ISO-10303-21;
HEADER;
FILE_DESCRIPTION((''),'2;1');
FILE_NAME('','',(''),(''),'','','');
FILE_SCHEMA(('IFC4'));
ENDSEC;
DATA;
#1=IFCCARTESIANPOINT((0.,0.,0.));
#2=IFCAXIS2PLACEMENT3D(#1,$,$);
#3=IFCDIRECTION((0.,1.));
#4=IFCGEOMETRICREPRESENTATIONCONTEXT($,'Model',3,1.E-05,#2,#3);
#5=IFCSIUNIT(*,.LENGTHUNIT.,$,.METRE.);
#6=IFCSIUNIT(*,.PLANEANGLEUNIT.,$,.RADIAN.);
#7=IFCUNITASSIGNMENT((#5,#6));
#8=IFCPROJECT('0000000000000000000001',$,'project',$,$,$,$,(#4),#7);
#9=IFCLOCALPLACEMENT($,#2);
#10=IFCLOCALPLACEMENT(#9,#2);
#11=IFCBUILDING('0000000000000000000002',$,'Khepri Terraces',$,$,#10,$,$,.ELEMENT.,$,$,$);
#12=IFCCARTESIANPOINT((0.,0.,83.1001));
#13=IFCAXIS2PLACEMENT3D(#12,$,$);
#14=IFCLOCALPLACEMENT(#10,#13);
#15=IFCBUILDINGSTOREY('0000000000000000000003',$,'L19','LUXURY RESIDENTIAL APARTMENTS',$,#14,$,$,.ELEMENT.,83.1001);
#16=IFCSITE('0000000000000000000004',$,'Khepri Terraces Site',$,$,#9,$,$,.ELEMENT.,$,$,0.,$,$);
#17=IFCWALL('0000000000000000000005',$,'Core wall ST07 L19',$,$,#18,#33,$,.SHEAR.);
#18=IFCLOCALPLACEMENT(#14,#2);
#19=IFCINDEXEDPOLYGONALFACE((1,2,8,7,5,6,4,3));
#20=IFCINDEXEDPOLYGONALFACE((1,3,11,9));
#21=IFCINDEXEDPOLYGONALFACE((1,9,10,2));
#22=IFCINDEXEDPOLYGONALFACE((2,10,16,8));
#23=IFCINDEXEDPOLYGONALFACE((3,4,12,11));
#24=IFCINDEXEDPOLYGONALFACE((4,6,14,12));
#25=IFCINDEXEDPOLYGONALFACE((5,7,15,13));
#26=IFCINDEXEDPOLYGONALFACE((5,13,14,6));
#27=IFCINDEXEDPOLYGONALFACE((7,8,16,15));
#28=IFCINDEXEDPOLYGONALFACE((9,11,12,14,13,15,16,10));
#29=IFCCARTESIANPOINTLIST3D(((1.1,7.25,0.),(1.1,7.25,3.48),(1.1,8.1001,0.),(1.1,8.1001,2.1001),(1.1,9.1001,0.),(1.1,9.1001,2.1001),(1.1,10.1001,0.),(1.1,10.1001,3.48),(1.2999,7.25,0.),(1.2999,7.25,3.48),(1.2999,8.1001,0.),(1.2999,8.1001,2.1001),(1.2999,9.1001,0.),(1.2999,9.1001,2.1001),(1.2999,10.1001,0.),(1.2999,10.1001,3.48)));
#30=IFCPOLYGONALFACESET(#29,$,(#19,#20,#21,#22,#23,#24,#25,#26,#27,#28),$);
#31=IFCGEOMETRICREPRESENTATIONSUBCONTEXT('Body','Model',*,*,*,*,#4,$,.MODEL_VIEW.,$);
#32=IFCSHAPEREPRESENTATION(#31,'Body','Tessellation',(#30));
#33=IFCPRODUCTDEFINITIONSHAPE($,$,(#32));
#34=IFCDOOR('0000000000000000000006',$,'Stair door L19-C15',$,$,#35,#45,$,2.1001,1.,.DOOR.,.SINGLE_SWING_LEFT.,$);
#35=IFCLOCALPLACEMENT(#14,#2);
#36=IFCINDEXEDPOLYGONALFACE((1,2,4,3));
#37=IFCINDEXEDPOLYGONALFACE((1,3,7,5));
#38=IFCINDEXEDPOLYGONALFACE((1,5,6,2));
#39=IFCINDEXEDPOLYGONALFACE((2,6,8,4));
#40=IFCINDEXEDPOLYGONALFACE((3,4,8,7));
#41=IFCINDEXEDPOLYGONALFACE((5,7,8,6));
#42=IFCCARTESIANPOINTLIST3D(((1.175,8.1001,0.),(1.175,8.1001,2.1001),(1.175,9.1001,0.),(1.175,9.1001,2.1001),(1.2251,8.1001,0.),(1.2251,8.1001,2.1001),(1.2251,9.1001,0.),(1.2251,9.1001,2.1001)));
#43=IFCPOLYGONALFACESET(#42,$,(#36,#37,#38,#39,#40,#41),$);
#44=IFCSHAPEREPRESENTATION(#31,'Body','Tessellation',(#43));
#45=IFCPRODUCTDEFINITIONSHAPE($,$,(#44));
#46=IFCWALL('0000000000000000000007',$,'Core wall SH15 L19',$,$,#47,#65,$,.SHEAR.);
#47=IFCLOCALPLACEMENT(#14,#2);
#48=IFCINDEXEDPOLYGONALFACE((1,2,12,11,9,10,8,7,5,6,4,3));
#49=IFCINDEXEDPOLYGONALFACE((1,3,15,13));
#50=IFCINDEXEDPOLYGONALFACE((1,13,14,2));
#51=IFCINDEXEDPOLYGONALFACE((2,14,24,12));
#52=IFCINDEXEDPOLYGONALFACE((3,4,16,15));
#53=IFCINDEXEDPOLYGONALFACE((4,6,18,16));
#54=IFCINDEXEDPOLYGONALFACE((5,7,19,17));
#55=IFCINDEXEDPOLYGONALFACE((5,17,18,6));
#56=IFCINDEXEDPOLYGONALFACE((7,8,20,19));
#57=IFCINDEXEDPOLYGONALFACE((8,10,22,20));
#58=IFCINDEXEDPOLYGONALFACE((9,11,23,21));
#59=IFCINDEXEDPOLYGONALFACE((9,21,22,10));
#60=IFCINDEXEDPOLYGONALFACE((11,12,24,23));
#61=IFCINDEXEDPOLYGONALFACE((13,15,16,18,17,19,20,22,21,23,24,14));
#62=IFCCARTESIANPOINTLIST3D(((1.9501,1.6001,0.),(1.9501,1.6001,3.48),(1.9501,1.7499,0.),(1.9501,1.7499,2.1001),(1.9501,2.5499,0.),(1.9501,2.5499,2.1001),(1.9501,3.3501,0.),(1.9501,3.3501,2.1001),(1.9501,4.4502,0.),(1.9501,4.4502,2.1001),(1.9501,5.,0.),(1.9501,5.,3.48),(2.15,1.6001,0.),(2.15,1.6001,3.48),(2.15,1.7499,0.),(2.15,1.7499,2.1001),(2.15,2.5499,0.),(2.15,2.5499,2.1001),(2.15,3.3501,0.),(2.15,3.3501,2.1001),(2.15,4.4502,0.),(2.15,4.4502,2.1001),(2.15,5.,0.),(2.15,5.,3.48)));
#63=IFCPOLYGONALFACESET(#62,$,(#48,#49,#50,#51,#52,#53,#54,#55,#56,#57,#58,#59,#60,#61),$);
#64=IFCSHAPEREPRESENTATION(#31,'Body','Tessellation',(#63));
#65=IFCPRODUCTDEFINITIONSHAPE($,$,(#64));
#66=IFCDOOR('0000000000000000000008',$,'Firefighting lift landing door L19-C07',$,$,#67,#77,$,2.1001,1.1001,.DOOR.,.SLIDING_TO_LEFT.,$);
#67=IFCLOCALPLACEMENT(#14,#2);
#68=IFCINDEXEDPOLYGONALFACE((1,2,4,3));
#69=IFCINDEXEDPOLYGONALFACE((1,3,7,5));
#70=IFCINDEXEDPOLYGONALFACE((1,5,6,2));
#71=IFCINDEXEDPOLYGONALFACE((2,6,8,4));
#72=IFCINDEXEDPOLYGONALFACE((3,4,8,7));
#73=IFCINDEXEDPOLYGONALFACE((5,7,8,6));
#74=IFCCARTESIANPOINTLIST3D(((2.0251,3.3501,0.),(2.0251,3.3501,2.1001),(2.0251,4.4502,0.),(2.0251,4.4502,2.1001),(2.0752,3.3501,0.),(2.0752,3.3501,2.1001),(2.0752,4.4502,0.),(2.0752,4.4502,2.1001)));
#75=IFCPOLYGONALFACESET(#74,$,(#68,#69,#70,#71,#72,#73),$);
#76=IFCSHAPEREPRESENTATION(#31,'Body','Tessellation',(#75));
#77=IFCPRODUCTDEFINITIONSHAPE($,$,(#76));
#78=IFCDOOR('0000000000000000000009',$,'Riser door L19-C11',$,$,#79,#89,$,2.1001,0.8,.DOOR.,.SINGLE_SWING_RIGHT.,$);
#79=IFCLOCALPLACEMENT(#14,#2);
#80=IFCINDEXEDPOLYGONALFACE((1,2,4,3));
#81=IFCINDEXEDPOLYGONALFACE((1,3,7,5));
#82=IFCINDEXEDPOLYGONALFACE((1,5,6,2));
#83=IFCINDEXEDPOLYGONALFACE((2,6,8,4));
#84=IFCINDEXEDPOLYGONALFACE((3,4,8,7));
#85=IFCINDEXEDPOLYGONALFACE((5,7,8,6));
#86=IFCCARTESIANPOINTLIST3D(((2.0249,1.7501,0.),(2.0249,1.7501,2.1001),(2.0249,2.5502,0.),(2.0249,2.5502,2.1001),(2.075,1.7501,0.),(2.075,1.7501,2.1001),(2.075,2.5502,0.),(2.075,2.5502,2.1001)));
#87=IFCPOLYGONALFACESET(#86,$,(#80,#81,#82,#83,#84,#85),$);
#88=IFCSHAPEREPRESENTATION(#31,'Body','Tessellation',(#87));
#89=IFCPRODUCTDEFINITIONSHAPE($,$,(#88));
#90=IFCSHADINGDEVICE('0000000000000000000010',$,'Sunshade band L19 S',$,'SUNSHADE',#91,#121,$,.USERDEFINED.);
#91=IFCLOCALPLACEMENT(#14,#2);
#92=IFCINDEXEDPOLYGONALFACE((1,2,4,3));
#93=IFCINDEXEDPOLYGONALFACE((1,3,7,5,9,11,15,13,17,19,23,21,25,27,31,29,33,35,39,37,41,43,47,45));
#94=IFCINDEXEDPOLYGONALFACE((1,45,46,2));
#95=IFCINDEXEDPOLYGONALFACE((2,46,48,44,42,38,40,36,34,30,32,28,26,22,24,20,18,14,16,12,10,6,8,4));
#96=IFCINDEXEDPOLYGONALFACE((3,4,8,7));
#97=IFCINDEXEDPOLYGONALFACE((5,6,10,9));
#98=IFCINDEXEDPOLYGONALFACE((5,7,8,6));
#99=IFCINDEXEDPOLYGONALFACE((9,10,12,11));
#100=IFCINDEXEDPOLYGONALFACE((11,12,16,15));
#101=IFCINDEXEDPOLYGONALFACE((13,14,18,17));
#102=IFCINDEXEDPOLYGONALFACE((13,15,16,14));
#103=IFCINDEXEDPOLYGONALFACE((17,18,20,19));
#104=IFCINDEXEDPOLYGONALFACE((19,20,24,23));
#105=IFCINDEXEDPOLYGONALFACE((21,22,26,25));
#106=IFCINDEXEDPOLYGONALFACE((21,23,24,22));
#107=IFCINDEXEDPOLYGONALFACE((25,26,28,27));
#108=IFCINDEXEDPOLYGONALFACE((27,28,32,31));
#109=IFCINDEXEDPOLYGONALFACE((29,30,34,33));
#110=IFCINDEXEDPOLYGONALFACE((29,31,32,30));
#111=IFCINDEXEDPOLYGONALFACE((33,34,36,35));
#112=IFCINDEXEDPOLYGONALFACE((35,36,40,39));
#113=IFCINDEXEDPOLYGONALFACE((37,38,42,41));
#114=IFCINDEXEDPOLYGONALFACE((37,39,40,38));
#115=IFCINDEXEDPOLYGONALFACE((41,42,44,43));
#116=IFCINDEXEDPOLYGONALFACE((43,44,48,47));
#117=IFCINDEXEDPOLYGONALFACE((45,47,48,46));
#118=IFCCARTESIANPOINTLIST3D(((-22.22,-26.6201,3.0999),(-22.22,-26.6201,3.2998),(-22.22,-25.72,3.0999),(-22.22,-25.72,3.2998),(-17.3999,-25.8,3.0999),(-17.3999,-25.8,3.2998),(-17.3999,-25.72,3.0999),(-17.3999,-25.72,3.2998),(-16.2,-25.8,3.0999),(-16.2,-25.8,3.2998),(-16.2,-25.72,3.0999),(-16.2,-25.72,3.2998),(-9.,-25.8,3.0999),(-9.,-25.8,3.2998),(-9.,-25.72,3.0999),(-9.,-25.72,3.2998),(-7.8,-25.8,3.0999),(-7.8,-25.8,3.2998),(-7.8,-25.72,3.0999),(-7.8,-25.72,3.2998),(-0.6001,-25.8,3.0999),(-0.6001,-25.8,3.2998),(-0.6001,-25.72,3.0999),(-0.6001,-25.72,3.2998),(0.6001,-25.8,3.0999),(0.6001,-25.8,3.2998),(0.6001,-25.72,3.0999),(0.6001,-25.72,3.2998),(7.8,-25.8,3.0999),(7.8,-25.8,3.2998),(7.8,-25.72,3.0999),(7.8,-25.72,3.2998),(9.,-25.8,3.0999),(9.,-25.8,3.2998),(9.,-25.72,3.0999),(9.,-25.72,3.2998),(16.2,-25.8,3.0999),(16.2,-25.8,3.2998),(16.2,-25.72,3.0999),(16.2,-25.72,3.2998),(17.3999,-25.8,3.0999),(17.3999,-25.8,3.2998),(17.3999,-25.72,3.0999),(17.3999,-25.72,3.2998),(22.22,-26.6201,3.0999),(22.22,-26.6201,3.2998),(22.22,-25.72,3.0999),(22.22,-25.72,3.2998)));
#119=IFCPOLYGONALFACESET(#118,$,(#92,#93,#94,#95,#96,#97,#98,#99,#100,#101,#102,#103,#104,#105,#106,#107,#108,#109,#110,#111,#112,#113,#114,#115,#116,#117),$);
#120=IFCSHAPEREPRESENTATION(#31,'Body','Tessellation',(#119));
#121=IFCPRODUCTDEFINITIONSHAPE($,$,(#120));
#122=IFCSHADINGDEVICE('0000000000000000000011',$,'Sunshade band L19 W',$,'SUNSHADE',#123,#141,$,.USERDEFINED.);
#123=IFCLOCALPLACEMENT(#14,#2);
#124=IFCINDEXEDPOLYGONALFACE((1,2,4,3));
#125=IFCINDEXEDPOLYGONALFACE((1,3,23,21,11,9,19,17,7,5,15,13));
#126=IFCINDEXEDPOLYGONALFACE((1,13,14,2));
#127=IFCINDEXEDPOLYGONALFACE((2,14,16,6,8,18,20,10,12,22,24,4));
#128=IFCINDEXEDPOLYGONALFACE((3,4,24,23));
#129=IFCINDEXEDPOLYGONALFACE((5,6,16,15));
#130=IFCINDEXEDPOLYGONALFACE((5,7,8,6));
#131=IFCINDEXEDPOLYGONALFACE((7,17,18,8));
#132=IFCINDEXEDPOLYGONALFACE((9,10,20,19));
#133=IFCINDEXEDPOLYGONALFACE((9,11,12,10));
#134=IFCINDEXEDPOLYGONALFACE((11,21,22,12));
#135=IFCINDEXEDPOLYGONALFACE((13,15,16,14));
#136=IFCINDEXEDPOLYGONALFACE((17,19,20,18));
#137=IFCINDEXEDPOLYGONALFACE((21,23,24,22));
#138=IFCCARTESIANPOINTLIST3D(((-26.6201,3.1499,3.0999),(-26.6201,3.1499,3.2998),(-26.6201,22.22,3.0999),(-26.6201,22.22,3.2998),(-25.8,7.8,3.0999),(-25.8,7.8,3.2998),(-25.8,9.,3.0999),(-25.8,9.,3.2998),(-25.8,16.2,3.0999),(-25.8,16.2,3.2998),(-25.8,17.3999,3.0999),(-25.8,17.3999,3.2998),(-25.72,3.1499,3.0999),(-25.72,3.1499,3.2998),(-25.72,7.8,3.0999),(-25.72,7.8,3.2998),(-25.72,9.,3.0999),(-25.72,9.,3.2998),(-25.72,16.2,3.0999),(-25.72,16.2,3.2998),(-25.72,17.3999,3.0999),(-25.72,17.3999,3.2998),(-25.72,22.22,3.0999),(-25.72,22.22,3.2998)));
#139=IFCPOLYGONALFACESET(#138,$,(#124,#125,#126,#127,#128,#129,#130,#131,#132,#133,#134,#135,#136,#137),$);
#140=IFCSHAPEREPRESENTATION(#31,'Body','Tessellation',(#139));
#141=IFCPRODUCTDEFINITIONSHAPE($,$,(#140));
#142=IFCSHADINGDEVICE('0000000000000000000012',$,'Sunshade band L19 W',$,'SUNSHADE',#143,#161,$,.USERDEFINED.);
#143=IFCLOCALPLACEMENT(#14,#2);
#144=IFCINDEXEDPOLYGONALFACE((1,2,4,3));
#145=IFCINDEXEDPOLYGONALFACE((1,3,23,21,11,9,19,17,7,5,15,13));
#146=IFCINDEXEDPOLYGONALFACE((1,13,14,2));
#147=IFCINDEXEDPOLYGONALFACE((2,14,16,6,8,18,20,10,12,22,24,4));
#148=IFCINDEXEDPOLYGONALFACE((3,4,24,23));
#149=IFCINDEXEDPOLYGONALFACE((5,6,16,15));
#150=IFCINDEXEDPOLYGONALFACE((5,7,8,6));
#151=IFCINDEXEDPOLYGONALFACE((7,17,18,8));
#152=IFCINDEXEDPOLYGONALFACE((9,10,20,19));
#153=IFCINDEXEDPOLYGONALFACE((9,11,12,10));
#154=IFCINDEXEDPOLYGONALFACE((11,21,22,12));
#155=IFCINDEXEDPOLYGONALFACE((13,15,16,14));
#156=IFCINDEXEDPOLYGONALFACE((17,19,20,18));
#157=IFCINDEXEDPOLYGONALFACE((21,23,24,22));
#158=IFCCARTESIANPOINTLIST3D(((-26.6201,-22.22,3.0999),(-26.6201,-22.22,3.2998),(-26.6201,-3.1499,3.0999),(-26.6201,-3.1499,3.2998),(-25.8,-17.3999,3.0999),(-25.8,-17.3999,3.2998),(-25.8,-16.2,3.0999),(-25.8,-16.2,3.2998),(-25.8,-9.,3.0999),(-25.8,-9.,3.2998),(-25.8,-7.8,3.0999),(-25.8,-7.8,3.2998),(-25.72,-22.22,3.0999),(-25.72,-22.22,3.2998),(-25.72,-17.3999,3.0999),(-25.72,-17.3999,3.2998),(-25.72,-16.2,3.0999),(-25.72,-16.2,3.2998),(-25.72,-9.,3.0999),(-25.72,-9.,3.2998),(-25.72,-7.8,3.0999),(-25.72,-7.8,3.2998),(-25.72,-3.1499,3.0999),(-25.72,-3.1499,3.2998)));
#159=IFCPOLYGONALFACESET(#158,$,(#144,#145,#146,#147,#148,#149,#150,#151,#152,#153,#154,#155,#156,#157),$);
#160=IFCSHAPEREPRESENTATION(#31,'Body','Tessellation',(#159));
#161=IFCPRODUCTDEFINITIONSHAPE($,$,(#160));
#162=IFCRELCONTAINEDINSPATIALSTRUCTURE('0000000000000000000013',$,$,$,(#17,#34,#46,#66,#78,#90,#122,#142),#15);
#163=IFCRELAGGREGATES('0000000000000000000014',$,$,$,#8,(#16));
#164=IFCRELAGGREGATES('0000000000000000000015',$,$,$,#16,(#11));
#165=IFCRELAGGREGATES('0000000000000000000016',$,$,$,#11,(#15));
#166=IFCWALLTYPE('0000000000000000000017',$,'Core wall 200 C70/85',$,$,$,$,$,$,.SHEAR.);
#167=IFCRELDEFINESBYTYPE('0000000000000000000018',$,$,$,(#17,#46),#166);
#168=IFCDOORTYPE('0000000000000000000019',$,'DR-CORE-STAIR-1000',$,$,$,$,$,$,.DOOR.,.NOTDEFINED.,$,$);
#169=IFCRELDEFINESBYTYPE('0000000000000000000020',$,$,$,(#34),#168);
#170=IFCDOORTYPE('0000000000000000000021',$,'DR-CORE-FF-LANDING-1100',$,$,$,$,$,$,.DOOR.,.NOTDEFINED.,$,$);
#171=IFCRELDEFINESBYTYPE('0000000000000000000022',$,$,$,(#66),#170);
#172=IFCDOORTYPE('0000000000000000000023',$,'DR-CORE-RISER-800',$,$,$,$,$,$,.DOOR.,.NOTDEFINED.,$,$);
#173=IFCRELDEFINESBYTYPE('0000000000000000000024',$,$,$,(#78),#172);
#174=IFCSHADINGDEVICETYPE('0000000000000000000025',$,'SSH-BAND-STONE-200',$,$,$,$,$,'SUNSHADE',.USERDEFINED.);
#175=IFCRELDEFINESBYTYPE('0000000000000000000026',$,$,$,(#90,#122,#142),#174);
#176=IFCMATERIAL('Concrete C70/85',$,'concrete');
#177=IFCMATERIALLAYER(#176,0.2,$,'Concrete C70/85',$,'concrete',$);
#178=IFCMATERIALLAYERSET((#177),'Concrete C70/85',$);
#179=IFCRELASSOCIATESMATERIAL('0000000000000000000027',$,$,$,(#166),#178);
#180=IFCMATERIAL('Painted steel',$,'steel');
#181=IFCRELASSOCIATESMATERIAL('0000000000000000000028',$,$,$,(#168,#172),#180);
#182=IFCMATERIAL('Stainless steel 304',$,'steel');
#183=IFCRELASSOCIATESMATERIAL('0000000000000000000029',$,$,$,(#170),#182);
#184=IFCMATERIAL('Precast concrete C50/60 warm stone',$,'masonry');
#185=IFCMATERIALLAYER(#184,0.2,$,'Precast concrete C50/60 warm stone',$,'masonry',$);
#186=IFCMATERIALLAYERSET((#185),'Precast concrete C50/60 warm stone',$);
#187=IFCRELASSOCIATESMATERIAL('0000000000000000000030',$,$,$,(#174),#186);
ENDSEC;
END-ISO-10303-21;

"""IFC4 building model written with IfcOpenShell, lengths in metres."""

from ifc_helpers import new_model, si_unit, direction, frame, frame_2d, origin, place, context, subcontext, project, spatial, polyline, rectangle, outline, extrude, material, layer, layer_set, type_object, element, fill, save


model = new_model("IFC4")

# Units and contexts
model_context = context("Model", 3, precision=1e-05, world=origin(), true_north=direction((0.0, 1.0)))
body_context = subcontext(model_context, "Body", "Model", "MODEL_VIEW")
ifc_project = project(units=[si_unit("LENGTHUNIT", "METRE"), si_unit("PLANEANGLEUNIT", "RADIAN")], contexts=[model_context])

# Site, building, storey
site_placement = place(None, origin())
site = spatial("IfcSite", under=ifc_project, at=site_placement, Name="Khepri Terraces Site", CompositionType="ELEMENT", RefElevation=0.0)
building_placement = place(site_placement, origin())
building = spatial("IfcBuilding", under=site, at=building_placement, Name="Khepri Terraces", CompositionType="ELEMENT")
storey_placement = place(building_placement, frame((0.0, 0.0, 83.1001)))
storey = spatial("IfcBuildingStorey", under=building, at=storey_placement, Name="L19", Description="LUXURY RESIDENTIAL APARTMENTS", CompositionType="ELEMENT", Elevation=83.1001)

# Shared definitions
ifc_material_1 = material(Name="Precast concrete C50/60 warm stone", Category="masonry")

# Wall, opening, door
ifc_material_2 = material(Name="Concrete C70/85", Category="concrete")
ifc_layer_1 = layer(ifc_material_2, 0.2, Name="Concrete C70/85", Category="concrete")
ifc_layer_set_1 = layer_set([ifc_layer_1], Name="Concrete C70/85")
wall_type = type_object("IfcWallType", Name="Core wall 200 C70/85", PredefinedType="SHEAR", material=ifc_layer_set_1)
wall_1_placement = place(storey_placement, frame((1.2, 7.25, 0.0), z_axis=(0.0, 0.0, 1.0), x_axis=(0.0, 1.0, 0.0)))
wall_1 = element("IfcWall", 1, at=wall_1_placement, inside=storey, type_object=wall_type, Name="Core wall ST07 L19", PredefinedType="SHEAR", context=body_context, shape_type="SweptSolid", body=[
    extrude(rectangle(XDim=2.8501, YDim=0.2, at=frame_2d((1.425, 0.0))), origin(), (0.0, 0.0, 1.0), 3.48),
])
opening_1_placement = place(wall_1_placement, frame((0.8501, 0.0, 0.0)))
opening_1 = element("IfcOpeningElement", 2, at=opening_1_placement, cuts=wall_1, PredefinedType="OPENING", context=body_context, shape_type="SweptSolid", body=[
    extrude(rectangle(XDim=1.0, YDim=2.1001, at=frame_2d((0.5, 1.05))), frame((0.0, 0.1099, 0.0), z_axis=(0.0, -1.0, 0.0), x_axis=(1.0, 0.0, 0.0)), (0.0, 0.0, 1.0), 0.22),
])
ifc_material_3 = material(Name="Painted steel", Category="steel")
door_type_1 = type_object("IfcDoorType", Name="DR-CORE-STAIR-1000", OperationType="NOTDEFINED", PredefinedType="DOOR", material=ifc_material_3)
door_1_placement = place(opening_1_placement, origin())
door_1 = element("IfcDoor", 3, at=door_1_placement, inside=storey, type_object=door_type_1, Name="Stair door L19-C15", OperationType="SINGLE_SWING_LEFT", OverallHeight=2.1001, OverallWidth=1.0, PredefinedType="DOOR", context=body_context, shape_type="SweptSolid", body=[
    extrude(rectangle(XDim=1.0, YDim=2.1001, at=frame_2d((0.5, 1.05))), frame((0.0, 0.0249, 0.0), z_axis=(0.0, -1.0, 0.0), x_axis=(1.0, 0.0, 0.0)), (0.0, 0.0, 1.0), 0.05),
])
fill(opening_1, door_1)

# Wall, openings, doors
wall_2_placement = place(storey_placement, frame((2.05, 1.6001, 0.0), z_axis=(0.0, 0.0, 1.0), x_axis=(0.0, 1.0, 0.0)))
wall_2 = element("IfcWall", 4, at=wall_2_placement, inside=storey, type_object=wall_type, Name="Core wall SH15 L19", PredefinedType="SHEAR", context=body_context, shape_type="SweptSolid", body=[
    extrude(rectangle(XDim=3.3999, YDim=0.2, at=frame_2d((1.7, 0.0))), origin(), (0.0, 0.0, 1.0), 3.48),
])
opening_2_placement = place(wall_2_placement, frame((1.75, 0.0, 0.0)))
opening_2 = element("IfcOpeningElement", 5, at=opening_2_placement, cuts=wall_2, PredefinedType="OPENING", context=body_context, shape_type="SweptSolid", body=[
    extrude(rectangle(XDim=1.1001, YDim=2.1001, at=frame_2d((0.55, 1.05))), frame((0.0, 0.1099, 0.0), z_axis=(0.0, -1.0, 0.0), x_axis=(1.0, 0.0, 0.0)), (0.0, 0.0, 1.0), 0.22),
])
opening_3_placement = place(wall_2_placement, frame((0.1499, 0.0, 0.0)))
opening_3 = element("IfcOpeningElement", 6, at=opening_3_placement, cuts=wall_2, PredefinedType="OPENING", context=body_context, shape_type="SweptSolid", body=[
    extrude(rectangle(XDim=0.8, YDim=2.1001, at=frame_2d((0.3999, 1.05))), frame((0.0, 0.1099, 0.0), z_axis=(0.0, -1.0, 0.0), x_axis=(1.0, 0.0, 0.0)), (0.0, 0.0, 1.0), 0.22),
])
ifc_material_4 = material(Name="Stainless steel 304", Category="steel")
door_type_2 = type_object("IfcDoorType", Name="DR-CORE-FF-LANDING-1100", OperationType="NOTDEFINED", PredefinedType="DOOR", material=ifc_material_4)
door_2_placement = place(opening_2_placement, origin())
door_2 = element("IfcDoor", 7, at=door_2_placement, inside=storey, type_object=door_type_2, Name="Firefighting lift landing door L19-C07", OperationType="SLIDING_TO_LEFT", OverallHeight=2.1001, OverallWidth=1.1001, PredefinedType="DOOR", context=body_context, shape_type="SweptSolid", body=[
    extrude(rectangle(XDim=1.1001, YDim=2.1001, at=frame_2d((0.55, 1.05))), frame((0.0, 0.0249, 0.0), z_axis=(0.0, -1.0, 0.0), x_axis=(1.0, 0.0, 0.0)), (0.0, 0.0, 1.0), 0.05),
])
fill(opening_2, door_2)
door_type_3 = type_object("IfcDoorType", Name="DR-CORE-RISER-800", OperationType="NOTDEFINED", PredefinedType="DOOR", material=ifc_material_3)
door_3_placement = place(opening_3_placement, frame((0.8, 0.0, 0.0), z_axis=(0.0, 0.0, 1.0), x_axis=(-1.0, 0.0, 0.0)))
door_3 = element("IfcDoor", 8, at=door_3_placement, inside=storey, type_object=door_type_3, Name="Riser door L19-C11", OperationType="SINGLE_SWING_RIGHT", OverallHeight=2.1001, OverallWidth=0.8, PredefinedType="DOOR", context=body_context, shape_type="SweptSolid", body=[
    extrude(rectangle(XDim=0.8, YDim=2.1001, at=frame_2d((0.3999, 1.05))), frame((0.0, 0.0249, 0.0), z_axis=(0.0, -1.0, 0.0), x_axis=(1.0, 0.0, 0.0)), (0.0, 0.0, 1.0), 0.05),
])
fill(opening_3, door_3)

# Shading devices
ifc_layer_2 = layer(ifc_material_1, 0.2, Name="Precast concrete C50/60 warm stone", Category="masonry")
ifc_layer_set_2 = layer_set([ifc_layer_2], Name="Precast concrete C50/60 warm stone")
shading_device_type_1 = type_object("IfcShadingDeviceType", Name="SSH-BAND-STONE-200", ElementType="SUNSHADE", PredefinedType="USERDEFINED", material=ifc_layer_set_2)
shading_device_1_placement = place(storey_placement, frame((0.0, 0.0, 3.0999)))
element("IfcShadingDevice", 9, at=shading_device_1_placement, inside=storey, type_object=shading_device_type_1, Name="Sunshade band L19 S", ObjectType="SUNSHADE", PredefinedType="USERDEFINED", context=body_context, shape_type="SweptSolid", body=[
    extrude(outline(polyline([(-17.3999, -25.72), (-22.22, -25.72), (-22.22, -26.6201), (22.22, -26.6201), (22.22, -25.72), (17.3999, -25.72), (17.3999, -25.8), (16.2, -25.8), (16.2, -25.72), (9.0, -25.72), (9.0, -25.8), (7.8, -25.8), (7.8, -25.72), (0.6001, -25.72), (0.6001, -25.8), (-0.6001, -25.8), (-0.6001, -25.72), (-7.8, -25.72), (-7.8, -25.8), (-9.0, -25.8), (-9.0, -25.72), (-16.2, -25.72), (-16.2, -25.8), (-17.3999, -25.8), (-17.3999, -25.72)])), origin(), (0.0, 0.0, 1.0), 0.2),
])
shading_device_2_placement = place(storey_placement, frame((0.0, 0.0, 3.0999)))
element("IfcShadingDevice", 10, at=shading_device_2_placement, inside=storey, type_object=shading_device_type_1, Name="Sunshade band L19 W", ObjectType="SUNSHADE", PredefinedType="USERDEFINED", context=body_context, shape_type="SweptSolid", body=[
    extrude(outline(polyline([(-25.72, 17.3999), (-25.72, 22.22), (-26.6201, 22.22), (-26.6201, 3.1499), (-25.72, 3.1499), (-25.72, 7.8), (-25.8, 7.8), (-25.8, 9.0), (-25.72, 9.0), (-25.72, 16.2), (-25.8, 16.2), (-25.8, 17.3999), (-25.72, 17.3999)])), origin(), (0.0, 0.0, 1.0), 0.2),
])
shading_device_3_placement = place(storey_placement, frame((0.0, 0.0, 3.0999)))
element("IfcShadingDevice", 11, at=shading_device_3_placement, inside=storey, type_object=shading_device_type_1, Name="Sunshade band L19 W", ObjectType="SUNSHADE", PredefinedType="USERDEFINED", context=body_context, shape_type="SweptSolid", body=[
    extrude(outline(polyline([(-25.72, -7.8), (-25.72, -3.1499), (-26.6201, -3.1499), (-26.6201, -22.22), (-25.72, -22.22), (-25.72, -17.3999), (-25.8, -17.3999), (-25.8, -16.2), (-25.72, -16.2), (-25.72, -9.0), (-25.8, -9.0), (-25.8, -7.8), (-25.72, -7.8)])), origin(), (0.0, 0.0, 1.0), 0.2),
])

save(model, "model.ifc")
